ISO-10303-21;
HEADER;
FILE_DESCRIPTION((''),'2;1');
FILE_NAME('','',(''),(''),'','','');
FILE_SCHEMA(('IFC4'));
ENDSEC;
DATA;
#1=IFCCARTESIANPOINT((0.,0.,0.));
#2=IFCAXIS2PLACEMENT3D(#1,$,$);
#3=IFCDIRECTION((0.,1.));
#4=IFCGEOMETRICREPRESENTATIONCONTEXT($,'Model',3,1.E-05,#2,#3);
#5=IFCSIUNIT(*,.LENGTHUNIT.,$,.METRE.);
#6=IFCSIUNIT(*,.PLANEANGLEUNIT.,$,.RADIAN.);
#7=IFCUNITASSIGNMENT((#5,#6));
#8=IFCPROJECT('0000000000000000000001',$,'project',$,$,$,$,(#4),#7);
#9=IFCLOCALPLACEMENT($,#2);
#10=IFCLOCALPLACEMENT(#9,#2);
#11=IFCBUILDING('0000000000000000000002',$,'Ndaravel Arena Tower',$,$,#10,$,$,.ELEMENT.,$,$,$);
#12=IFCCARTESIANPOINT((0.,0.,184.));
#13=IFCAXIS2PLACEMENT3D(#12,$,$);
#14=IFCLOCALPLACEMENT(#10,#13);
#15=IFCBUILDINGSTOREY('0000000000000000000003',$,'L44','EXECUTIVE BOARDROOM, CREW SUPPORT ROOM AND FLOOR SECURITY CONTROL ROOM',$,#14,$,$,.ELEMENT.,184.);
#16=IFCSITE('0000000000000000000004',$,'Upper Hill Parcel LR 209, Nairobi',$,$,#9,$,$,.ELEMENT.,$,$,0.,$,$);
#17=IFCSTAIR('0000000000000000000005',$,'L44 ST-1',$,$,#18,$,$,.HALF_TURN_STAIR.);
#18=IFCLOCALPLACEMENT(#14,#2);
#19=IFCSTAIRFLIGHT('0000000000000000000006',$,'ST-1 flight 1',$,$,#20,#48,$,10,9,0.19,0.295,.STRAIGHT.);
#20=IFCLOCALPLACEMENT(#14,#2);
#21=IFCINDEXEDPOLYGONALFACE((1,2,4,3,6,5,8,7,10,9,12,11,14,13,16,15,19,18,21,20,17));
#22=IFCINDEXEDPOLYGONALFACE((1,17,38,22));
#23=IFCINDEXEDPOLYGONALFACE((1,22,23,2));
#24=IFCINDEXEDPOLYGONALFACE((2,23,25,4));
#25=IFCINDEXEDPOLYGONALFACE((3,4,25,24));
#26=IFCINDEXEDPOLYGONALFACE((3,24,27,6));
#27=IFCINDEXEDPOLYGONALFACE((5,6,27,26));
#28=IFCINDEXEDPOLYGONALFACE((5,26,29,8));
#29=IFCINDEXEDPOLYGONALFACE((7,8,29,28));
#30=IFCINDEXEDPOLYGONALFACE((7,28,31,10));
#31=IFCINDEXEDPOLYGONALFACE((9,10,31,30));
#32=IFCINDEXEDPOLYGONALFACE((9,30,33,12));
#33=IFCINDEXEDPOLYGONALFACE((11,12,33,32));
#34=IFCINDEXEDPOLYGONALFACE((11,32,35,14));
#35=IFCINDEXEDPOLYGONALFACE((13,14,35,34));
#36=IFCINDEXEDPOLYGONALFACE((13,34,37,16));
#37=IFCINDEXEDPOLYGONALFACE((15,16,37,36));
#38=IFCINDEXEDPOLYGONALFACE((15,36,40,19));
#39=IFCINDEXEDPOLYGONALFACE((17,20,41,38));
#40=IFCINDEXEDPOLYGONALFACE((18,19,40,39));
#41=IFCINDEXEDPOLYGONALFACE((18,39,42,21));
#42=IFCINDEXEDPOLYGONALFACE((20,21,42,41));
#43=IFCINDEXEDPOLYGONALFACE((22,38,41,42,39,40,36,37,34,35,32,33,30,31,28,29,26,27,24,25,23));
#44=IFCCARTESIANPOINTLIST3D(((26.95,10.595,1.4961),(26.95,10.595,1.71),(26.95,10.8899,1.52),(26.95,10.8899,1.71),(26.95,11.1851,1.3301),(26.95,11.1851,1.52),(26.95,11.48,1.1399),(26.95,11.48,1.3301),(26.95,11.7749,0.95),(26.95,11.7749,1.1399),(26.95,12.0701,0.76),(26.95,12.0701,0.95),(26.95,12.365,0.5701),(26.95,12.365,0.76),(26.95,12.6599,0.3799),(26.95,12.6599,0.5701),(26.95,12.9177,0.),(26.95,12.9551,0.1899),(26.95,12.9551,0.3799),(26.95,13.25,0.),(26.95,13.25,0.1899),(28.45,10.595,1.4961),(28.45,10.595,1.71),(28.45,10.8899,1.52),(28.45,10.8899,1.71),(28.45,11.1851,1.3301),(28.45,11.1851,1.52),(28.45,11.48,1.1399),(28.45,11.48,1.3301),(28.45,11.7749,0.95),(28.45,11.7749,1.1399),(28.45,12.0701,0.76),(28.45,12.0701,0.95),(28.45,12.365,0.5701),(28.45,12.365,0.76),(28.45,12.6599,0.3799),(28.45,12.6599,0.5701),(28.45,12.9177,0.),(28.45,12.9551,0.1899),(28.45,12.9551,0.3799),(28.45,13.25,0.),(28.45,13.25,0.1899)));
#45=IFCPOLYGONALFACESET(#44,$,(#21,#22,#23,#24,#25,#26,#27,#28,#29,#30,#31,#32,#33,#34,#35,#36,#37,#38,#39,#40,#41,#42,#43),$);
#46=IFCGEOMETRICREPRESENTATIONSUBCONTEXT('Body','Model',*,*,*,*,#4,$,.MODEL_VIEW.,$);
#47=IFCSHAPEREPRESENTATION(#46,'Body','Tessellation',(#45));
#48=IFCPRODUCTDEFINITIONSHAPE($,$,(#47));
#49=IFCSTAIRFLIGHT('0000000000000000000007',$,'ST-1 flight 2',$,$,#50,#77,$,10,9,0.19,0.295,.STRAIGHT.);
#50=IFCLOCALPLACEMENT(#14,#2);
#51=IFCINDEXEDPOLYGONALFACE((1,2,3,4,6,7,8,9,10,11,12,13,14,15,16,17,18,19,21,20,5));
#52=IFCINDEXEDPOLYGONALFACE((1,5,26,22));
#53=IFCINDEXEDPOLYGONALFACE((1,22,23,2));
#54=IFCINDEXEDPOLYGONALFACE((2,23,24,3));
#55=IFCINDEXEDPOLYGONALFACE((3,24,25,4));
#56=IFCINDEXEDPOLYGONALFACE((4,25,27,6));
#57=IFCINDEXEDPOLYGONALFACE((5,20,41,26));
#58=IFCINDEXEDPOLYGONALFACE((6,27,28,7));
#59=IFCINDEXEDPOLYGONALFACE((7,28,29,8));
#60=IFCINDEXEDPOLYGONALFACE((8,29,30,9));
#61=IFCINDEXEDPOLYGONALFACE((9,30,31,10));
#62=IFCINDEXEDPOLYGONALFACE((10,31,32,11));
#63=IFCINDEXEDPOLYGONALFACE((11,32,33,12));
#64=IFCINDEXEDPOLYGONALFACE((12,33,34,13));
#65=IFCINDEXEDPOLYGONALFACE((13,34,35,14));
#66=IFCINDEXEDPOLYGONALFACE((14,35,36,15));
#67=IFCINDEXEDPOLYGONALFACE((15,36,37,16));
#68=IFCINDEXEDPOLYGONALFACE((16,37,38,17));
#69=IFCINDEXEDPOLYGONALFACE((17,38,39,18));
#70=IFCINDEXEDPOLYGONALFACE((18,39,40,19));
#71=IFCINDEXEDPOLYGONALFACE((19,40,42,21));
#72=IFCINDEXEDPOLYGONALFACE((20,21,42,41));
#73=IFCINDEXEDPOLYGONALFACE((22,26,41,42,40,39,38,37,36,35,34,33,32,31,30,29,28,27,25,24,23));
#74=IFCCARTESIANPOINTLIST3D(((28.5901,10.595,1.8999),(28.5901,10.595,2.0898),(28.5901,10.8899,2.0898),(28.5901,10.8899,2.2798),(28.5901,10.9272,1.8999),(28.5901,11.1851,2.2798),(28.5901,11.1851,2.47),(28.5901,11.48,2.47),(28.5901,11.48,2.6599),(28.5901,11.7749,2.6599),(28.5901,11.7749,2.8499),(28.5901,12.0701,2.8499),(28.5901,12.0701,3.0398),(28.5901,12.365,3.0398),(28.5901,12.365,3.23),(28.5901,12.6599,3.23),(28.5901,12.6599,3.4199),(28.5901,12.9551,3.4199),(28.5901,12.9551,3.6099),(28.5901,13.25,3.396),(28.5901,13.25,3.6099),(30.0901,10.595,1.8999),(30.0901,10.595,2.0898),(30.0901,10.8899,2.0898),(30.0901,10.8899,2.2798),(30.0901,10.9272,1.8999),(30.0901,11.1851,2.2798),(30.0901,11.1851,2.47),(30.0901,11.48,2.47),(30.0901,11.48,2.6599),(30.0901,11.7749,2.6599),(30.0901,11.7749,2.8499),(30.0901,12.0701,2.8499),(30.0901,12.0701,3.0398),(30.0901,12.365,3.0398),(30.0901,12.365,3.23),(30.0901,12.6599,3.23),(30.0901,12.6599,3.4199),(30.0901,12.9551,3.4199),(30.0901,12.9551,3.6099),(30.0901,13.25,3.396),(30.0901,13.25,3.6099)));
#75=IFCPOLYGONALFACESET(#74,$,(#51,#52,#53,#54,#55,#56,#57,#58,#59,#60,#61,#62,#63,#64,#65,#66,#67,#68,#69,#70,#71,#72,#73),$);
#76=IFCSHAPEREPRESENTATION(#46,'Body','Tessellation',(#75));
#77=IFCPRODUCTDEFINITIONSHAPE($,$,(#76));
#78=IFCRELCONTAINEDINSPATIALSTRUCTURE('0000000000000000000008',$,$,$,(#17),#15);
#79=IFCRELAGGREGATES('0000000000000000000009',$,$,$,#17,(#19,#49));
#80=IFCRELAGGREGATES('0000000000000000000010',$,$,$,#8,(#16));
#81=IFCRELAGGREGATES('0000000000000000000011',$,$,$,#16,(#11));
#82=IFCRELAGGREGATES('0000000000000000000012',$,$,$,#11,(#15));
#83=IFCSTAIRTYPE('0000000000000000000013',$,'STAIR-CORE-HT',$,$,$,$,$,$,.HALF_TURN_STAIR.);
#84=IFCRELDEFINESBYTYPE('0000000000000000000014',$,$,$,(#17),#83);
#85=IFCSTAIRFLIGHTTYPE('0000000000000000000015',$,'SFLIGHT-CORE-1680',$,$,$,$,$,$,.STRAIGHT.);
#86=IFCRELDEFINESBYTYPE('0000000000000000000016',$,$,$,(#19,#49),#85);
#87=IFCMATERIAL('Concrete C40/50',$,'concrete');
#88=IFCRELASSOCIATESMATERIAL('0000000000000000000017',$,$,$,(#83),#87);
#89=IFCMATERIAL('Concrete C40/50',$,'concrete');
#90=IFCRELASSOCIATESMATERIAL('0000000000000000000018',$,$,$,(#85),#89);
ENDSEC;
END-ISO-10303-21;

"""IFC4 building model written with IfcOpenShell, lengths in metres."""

from ifc_helpers import new_model, si_unit, direction, frame, origin, place, context, subcontext, project, spatial, polyline, outline, extrude, material, type_object, element, aggregate, save


model = new_model("IFC4")

# Units and contexts
model_context = context("Model", 3, precision=1e-05, world=origin(), true_north=direction((0.0, 1.0)))
body_context = subcontext(model_context, "Body", "Model", "MODEL_VIEW")
ifc_project = project(units=[si_unit("LENGTHUNIT", "METRE"), si_unit("PLANEANGLEUNIT", "RADIAN")], contexts=[model_context])

# Site, building, storey
site_placement = place(None, origin())
site = spatial("IfcSite", under=ifc_project, at=site_placement, Name="Upper Hill Parcel LR 209, Nairobi", CompositionType="ELEMENT", RefElevation=0.0)
building_placement = place(site_placement, origin())
building = spatial("IfcBuilding", under=site, at=building_placement, Name="Ndaravel Arena Tower", CompositionType="ELEMENT")
storey_placement = place(building_placement, frame((0.0, 0.0, 184.0)))
storey = spatial("IfcBuildingStorey", under=building, at=storey_placement, Name="L44", Description="EXECUTIVE BOARDROOM, CREW SUPPORT ROOM AND FLOOR SECURITY CONTROL ROOM", CompositionType="ELEMENT", Elevation=184.0)

# Stair, stair flights
ifc_material_1 = material(Name="Concrete C40/50", Category="concrete")
stair_type = type_object("IfcStairType", Name="STAIR-CORE-HT", PredefinedType="HALF_TURN_STAIR", material=ifc_material_1)
stair_placement = place(storey_placement, origin())
stair = element("IfcStair", 1, at=stair_placement, inside=storey, type_object=stair_type, Name="L44 ST-1", PredefinedType="HALF_TURN_STAIR")
ifc_material_2 = material(Name="Concrete C40/50", Category="concrete")
stair_flight_type = type_object("IfcStairFlightType", Name="SFLIGHT-CORE-1680", PredefinedType="STRAIGHT", material=ifc_material_2)
stair_flight_1_placement = place(storey_placement, frame((27.7, 13.25, 0.0), z_axis=(0.0, 0.0, 1.0), x_axis=(0.0, -1.0, 0.0)))
stair_flight_1 = element("IfcStairFlight", 2, at=stair_flight_1_placement, type_object=stair_flight_type, Name="ST-1 flight 1", NumberOfRisers=10, NumberOfTreads=9, PredefinedType="STRAIGHT", RiserHeight=0.19, TreadLength=0.295, context=body_context, shape_type="SweptSolid", body=[
    extrude(outline(polyline([(0.0, 0.0), (0.0, 0.1899), (0.2949, 0.1899), (0.2949, 0.3799), (0.5901, 0.3799), (0.5901, 0.5701), (0.885, 0.5701), (0.885, 0.76), (1.1799, 0.76), (1.1799, 0.95), (1.4751, 0.95), (1.4751, 1.1399), (1.77, 1.1399), (1.77, 1.3301), (2.0649, 1.3301), (2.0649, 1.52), (2.3601, 1.52), (2.3601, 1.71), (2.655, 1.71), (2.655, 1.8999), (2.655, 1.4961), (0.3323, 0.0), (0.0, 0.0)])), frame((0.0, 0.75, 0.0), z_axis=(0.0, -1.0, 0.0), x_axis=(1.0, 0.0, 0.0)), (0.0, 0.0, 1.0), 1.5),
])
stair_flight_2_placement = place(storey_placement, frame((29.3401, 10.595, 1.8999), z_axis=(0.0, 0.0, 1.0), x_axis=(0.0, 1.0, 0.0)))
stair_flight_2 = element("IfcStairFlight", 3, at=stair_flight_2_placement, type_object=stair_flight_type, Name="ST-1 flight 2", NumberOfRisers=10, NumberOfTreads=9, PredefinedType="STRAIGHT", RiserHeight=0.19, TreadLength=0.295, context=body_context, shape_type="SweptSolid", body=[
    extrude(outline(polyline([(0.0, 0.0), (0.0, 0.1899), (0.2949, 0.1899), (0.2949, 0.3799), (0.5901, 0.3799), (0.5901, 0.5701), (0.885, 0.5701), (0.885, 0.76), (1.1799, 0.76), (1.1799, 0.95), (1.4751, 0.95), (1.4751, 1.1399), (1.77, 1.1399), (1.77, 1.3301), (2.0649, 1.3301), (2.0649, 1.52), (2.3601, 1.52), (2.3601, 1.71), (2.655, 1.71), (2.655, 1.8999), (2.655, 1.4961), (0.3323, 0.0), (0.0, 0.0)])), frame((0.0, 0.75, 0.0), z_axis=(0.0, -1.0, 0.0), x_axis=(1.0, 0.0, 0.0)), (0.0, 0.0, 1.0), 1.5),
])
aggregate(stair, [stair_flight_1, stair_flight_2])

save(model, "model.ifc")
